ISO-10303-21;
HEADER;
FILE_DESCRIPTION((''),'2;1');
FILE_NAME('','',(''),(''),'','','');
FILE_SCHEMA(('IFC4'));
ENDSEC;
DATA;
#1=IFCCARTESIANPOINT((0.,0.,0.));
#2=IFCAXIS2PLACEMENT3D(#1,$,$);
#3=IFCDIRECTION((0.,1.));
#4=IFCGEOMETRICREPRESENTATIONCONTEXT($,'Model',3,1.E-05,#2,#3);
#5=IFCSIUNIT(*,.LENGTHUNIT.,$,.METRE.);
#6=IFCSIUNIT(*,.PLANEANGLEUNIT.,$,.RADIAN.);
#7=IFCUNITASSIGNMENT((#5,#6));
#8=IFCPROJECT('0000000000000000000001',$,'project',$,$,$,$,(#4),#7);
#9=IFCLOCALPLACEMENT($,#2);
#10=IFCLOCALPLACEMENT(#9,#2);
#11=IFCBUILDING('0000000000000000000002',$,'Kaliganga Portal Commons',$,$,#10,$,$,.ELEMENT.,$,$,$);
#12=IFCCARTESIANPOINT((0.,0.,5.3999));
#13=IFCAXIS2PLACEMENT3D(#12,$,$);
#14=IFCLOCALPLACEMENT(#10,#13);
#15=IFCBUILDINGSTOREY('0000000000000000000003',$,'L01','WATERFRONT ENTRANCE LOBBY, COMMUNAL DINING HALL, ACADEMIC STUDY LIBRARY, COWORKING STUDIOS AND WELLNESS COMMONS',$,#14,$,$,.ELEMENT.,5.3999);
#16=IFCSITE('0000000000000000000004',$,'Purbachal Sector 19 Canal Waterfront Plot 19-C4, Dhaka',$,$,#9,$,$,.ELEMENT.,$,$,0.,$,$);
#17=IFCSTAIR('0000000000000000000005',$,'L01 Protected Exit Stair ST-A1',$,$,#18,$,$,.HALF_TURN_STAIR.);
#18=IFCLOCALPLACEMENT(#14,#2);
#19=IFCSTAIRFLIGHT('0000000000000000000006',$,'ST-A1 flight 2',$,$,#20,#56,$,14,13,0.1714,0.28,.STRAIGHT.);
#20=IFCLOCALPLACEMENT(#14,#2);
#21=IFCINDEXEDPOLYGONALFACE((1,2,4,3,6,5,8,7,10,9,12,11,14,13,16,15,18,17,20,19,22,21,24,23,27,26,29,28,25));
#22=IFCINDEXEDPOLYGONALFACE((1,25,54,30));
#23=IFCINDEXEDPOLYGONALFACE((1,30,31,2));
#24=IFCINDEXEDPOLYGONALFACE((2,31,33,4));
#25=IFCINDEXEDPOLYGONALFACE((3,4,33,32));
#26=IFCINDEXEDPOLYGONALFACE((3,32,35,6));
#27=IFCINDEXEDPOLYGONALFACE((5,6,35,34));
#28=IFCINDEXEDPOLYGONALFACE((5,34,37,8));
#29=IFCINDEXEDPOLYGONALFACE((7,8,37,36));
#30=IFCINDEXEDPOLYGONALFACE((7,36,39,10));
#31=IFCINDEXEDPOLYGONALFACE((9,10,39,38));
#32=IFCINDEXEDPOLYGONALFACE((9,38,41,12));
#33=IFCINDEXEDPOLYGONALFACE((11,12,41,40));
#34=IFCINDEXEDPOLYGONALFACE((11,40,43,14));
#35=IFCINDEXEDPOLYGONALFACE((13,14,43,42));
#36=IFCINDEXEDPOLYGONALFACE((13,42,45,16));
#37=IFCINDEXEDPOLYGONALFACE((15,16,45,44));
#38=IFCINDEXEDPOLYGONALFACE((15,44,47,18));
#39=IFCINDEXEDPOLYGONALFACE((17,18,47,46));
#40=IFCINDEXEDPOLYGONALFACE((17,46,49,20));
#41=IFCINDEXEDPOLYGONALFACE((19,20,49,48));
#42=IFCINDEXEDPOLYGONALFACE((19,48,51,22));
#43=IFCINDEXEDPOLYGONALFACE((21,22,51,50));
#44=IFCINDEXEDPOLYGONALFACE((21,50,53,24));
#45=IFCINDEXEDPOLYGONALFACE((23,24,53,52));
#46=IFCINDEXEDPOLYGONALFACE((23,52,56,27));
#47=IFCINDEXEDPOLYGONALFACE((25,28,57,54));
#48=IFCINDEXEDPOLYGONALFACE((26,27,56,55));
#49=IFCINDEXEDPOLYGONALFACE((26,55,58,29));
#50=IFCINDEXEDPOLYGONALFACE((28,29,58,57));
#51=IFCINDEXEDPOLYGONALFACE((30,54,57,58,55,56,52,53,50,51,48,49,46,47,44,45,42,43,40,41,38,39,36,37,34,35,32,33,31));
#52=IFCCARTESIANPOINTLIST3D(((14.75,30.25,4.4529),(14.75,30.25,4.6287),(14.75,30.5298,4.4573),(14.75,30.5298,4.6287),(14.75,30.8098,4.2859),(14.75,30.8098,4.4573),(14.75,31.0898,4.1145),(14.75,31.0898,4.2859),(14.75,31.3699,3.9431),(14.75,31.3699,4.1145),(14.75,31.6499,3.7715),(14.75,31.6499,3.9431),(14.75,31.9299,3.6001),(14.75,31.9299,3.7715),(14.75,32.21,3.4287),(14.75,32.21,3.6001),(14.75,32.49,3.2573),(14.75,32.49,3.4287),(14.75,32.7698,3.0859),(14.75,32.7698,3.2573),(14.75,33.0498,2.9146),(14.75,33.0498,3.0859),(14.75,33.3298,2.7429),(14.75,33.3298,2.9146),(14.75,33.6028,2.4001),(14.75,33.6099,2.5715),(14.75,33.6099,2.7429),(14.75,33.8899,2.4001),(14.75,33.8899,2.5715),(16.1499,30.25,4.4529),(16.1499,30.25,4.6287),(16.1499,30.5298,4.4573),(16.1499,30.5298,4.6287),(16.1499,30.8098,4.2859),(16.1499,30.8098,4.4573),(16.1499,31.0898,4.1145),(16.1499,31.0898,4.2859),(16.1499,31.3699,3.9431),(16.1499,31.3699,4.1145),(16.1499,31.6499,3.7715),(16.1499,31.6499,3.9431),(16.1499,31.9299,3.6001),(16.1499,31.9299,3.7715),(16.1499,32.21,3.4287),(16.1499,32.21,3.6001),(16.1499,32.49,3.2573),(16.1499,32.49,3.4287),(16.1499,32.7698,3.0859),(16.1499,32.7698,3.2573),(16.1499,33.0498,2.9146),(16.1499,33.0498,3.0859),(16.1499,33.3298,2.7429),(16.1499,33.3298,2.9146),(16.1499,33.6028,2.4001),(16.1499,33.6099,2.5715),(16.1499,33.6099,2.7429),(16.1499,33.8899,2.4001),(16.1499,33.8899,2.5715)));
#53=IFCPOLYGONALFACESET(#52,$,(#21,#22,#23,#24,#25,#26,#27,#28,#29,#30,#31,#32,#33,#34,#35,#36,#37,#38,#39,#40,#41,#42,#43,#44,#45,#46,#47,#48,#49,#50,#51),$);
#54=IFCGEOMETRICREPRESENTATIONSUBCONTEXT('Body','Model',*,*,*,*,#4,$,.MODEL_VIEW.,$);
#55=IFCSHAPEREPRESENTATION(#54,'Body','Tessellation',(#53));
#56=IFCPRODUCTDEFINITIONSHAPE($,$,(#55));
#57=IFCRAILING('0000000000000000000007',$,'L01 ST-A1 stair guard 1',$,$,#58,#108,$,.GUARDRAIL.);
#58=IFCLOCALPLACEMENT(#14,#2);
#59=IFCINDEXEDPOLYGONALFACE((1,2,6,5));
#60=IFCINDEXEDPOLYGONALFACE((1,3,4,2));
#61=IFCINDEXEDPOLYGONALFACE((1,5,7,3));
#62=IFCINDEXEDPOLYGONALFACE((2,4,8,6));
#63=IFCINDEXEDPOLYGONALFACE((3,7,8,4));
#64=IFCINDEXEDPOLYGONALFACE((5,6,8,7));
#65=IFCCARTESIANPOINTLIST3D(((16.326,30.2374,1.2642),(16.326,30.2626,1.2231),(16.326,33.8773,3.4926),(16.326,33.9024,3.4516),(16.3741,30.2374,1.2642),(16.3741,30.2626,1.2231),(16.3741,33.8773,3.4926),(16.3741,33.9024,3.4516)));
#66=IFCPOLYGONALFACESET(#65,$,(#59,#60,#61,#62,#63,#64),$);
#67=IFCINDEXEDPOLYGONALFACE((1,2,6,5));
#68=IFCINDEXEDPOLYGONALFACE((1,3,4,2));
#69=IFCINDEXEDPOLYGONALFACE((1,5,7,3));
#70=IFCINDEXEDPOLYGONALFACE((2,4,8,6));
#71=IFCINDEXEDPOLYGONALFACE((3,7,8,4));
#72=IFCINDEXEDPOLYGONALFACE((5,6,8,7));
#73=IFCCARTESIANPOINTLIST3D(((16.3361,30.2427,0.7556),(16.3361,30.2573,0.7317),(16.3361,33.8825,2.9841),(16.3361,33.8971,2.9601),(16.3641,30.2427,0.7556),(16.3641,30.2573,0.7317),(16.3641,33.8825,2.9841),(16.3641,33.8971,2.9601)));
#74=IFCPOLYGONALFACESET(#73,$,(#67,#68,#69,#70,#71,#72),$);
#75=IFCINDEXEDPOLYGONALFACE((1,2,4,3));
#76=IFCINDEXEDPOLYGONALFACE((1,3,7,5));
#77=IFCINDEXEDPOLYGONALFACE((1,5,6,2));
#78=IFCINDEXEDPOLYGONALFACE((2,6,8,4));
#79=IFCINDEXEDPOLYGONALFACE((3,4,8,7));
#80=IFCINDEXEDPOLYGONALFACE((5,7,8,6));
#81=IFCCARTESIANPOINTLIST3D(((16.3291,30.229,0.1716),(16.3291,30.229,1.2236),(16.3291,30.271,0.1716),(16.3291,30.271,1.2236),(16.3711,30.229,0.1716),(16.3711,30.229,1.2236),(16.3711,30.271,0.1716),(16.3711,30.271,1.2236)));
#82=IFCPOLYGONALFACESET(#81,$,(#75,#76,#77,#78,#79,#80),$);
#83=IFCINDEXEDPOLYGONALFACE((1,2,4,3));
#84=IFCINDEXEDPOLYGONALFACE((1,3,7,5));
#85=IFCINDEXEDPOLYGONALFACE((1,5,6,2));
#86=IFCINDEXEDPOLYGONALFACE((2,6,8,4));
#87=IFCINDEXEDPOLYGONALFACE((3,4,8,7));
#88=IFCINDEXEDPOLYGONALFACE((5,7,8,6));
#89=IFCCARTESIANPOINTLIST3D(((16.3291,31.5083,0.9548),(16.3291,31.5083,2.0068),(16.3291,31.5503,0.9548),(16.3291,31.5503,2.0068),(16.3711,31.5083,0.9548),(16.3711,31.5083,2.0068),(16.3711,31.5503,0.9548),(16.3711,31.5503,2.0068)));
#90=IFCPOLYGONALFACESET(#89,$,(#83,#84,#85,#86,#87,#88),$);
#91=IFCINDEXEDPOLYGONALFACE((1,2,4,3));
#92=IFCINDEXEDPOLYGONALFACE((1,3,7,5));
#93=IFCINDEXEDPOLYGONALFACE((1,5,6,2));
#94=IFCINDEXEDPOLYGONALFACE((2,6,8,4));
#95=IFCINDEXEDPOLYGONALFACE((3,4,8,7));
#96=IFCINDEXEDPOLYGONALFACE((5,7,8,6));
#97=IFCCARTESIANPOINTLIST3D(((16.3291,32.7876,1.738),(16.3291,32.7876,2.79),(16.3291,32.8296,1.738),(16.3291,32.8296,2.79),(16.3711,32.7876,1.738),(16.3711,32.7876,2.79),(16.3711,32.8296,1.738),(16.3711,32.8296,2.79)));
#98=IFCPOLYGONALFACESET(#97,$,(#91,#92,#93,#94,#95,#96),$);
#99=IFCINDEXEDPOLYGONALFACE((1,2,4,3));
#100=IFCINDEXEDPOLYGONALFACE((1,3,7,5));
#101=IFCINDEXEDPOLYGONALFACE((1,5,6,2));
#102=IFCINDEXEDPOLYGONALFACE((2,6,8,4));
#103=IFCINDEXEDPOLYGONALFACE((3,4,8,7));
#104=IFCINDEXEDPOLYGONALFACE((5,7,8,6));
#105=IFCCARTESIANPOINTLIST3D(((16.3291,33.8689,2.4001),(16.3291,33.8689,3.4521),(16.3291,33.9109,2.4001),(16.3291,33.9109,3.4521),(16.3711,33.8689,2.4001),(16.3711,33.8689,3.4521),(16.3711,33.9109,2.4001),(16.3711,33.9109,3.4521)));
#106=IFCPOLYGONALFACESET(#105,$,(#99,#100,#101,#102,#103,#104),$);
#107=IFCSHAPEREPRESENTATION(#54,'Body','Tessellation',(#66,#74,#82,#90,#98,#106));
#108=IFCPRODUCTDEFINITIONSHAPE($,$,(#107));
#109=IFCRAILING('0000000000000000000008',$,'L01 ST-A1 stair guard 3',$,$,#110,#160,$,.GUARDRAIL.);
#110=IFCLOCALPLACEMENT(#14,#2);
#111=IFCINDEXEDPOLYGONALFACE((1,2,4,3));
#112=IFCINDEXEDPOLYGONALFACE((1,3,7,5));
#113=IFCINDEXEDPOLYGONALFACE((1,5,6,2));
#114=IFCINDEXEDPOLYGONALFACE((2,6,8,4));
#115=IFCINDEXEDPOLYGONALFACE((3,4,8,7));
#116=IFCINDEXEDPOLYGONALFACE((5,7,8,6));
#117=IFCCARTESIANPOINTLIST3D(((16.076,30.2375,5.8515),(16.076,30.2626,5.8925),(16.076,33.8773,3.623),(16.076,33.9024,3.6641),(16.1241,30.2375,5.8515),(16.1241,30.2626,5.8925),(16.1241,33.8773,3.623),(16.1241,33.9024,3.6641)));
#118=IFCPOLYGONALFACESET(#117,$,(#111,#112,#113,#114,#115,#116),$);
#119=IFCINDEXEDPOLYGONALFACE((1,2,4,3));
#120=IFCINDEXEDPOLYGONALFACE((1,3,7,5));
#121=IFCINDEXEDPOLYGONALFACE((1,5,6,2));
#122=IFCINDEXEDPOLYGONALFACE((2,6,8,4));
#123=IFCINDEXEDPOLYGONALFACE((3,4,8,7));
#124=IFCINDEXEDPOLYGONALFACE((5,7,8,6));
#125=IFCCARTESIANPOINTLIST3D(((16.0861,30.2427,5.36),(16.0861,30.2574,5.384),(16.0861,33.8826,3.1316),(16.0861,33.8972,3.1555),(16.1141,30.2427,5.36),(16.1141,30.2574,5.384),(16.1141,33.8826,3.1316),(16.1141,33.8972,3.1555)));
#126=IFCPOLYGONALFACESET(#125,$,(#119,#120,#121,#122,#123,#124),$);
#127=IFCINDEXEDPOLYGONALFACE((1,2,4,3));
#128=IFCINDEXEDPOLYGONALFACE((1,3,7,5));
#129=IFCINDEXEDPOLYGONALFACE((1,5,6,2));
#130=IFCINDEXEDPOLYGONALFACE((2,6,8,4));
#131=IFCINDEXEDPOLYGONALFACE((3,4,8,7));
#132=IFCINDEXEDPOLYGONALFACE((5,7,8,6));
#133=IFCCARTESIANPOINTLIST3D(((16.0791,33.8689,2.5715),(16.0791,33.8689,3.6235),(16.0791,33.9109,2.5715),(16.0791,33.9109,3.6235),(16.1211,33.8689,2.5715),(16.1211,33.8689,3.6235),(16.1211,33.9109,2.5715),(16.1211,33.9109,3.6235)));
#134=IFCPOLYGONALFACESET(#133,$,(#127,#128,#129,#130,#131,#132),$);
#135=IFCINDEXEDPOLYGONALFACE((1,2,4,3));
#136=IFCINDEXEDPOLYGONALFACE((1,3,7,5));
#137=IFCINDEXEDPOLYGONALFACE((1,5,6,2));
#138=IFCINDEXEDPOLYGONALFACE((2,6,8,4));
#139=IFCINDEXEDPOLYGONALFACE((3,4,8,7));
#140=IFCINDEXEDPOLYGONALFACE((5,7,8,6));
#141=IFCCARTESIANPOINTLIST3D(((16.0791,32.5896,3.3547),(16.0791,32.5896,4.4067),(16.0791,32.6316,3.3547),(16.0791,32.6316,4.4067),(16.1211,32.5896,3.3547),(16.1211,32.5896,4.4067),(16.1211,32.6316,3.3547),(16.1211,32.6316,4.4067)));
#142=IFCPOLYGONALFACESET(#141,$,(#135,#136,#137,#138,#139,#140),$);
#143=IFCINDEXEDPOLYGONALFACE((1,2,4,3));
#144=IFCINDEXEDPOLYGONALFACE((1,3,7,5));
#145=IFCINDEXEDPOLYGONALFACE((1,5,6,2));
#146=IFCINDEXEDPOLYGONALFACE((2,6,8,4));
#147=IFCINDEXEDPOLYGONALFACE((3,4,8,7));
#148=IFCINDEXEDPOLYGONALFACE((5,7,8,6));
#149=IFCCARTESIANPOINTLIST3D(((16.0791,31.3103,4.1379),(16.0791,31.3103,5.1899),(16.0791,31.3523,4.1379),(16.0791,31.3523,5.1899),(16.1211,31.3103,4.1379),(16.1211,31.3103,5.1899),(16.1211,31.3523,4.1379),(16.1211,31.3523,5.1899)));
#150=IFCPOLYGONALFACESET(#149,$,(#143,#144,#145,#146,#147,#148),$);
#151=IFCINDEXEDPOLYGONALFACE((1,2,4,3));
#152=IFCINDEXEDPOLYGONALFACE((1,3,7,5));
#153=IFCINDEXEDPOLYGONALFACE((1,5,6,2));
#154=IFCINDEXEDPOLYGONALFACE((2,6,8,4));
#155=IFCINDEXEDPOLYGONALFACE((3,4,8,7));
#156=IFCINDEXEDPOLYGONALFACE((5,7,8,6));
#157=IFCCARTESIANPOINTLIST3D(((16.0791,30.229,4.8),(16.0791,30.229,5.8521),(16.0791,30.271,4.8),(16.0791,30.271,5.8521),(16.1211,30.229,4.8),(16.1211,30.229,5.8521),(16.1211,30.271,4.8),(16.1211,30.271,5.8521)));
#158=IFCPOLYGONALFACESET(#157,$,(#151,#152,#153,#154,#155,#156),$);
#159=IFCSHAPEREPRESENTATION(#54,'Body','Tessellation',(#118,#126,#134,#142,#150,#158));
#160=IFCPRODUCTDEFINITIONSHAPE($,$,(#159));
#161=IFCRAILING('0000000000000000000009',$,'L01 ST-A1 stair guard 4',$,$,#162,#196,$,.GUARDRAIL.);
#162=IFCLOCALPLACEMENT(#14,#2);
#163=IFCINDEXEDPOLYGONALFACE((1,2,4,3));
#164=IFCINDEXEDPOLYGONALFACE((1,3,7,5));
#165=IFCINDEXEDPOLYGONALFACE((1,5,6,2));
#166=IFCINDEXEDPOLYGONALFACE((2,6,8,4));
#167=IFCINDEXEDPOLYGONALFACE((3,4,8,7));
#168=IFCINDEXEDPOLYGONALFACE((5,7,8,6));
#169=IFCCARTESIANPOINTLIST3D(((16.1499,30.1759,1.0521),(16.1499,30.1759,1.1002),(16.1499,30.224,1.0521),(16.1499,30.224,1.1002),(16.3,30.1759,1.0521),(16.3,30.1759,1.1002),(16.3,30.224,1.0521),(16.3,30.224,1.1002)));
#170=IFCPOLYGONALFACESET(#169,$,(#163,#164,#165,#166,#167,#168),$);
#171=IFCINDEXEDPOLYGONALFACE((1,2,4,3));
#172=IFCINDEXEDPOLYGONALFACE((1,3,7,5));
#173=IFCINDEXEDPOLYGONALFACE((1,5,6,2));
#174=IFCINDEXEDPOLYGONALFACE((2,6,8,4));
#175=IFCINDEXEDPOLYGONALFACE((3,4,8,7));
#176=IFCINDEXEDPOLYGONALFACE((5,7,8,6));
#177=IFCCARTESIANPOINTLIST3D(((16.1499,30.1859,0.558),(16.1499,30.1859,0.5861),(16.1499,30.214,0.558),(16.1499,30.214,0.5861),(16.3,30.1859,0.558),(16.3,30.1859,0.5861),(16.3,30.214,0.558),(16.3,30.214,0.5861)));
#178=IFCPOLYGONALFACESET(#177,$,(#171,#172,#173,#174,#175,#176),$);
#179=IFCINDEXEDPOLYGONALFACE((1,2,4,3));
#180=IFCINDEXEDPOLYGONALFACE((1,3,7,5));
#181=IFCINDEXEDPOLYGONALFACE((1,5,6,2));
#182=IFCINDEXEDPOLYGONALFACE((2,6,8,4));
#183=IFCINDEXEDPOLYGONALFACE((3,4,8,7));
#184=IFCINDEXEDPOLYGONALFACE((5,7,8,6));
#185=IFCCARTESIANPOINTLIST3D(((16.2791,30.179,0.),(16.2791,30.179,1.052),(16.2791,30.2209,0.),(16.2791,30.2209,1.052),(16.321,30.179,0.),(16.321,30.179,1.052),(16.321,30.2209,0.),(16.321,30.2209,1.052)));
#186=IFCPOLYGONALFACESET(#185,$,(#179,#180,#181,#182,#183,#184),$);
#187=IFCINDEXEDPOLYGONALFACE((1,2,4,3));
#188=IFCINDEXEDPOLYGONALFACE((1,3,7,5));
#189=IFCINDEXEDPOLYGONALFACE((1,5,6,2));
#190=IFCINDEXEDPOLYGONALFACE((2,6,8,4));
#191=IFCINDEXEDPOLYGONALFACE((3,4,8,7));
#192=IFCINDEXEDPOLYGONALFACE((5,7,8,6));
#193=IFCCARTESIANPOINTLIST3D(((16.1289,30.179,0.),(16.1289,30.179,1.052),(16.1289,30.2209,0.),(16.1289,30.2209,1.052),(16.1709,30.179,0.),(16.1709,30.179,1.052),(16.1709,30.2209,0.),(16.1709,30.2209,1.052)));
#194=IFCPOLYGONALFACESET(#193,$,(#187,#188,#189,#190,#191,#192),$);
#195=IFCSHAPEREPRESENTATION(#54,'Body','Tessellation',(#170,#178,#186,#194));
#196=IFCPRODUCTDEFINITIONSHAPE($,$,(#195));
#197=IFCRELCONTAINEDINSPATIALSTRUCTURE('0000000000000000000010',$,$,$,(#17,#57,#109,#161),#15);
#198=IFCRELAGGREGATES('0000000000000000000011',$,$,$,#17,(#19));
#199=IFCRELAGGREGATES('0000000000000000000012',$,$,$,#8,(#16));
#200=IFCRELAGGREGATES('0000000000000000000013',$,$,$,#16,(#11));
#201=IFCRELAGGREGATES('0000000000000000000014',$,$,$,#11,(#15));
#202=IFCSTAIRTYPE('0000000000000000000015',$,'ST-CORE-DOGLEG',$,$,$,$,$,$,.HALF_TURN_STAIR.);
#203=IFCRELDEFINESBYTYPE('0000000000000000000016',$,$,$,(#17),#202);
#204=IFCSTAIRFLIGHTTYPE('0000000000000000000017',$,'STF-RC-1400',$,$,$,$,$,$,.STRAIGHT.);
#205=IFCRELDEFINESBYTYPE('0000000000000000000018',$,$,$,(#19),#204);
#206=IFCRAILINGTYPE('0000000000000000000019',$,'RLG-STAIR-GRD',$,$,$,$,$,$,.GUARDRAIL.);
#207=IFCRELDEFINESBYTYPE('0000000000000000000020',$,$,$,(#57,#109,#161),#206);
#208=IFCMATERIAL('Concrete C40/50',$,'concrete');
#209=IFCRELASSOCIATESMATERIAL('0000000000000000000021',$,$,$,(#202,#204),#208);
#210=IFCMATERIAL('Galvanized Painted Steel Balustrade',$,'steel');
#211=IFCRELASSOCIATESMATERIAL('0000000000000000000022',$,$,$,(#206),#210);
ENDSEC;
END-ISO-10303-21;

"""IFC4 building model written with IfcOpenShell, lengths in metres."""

from ifc_helpers import new_model, si_unit, direction, frame, origin, origin_2d, place, context, subcontext, project, spatial, polyline, rectangle, outline, extrude, material, type_object, element, aggregate, save


model = new_model("IFC4")

# Units and contexts
model_context = context("Model", 3, precision=1e-05, world=origin(), true_north=direction((0.0, 1.0)))
body_context = subcontext(model_context, "Body", "Model", "MODEL_VIEW")
ifc_project = project(units=[si_unit("LENGTHUNIT", "METRE"), si_unit("PLANEANGLEUNIT", "RADIAN")], contexts=[model_context])

# Site, building, storey
site_placement = place(None, origin())
site = spatial("IfcSite", under=ifc_project, at=site_placement, Name="Purbachal Sector 19 Canal Waterfront Plot 19-C4, Dhaka", CompositionType="ELEMENT", RefElevation=0.0)
building_placement = place(site_placement, origin())
building = spatial("IfcBuilding", under=site, at=building_placement, Name="Kaliganga Portal Commons", CompositionType="ELEMENT")
storey_placement = place(building_placement, frame((0.0, 0.0, 5.3999)))
storey = spatial("IfcBuildingStorey", under=building, at=storey_placement, Name="L01", Description="WATERFRONT ENTRANCE LOBBY, COMMUNAL DINING HALL, ACADEMIC STUDY LIBRARY, COWORKING STUDIOS AND WELLNESS COMMONS", CompositionType="ELEMENT", Elevation=5.3999)

# Stair, stair flight
ifc_material_1 = material(Name="Concrete C40/50", Category="concrete")
stair_type = type_object("IfcStairType", Name="ST-CORE-DOGLEG", PredefinedType="HALF_TURN_STAIR", material=ifc_material_1)
stair_placement = place(storey_placement, origin())
stair = element("IfcStair", 1, at=stair_placement, inside=storey, type_object=stair_type, Name="L01 Protected Exit Stair ST-A1", PredefinedType="HALF_TURN_STAIR")
stair_flight_type = type_object("IfcStairFlightType", Name="STF-RC-1400", PredefinedType="STRAIGHT", material=ifc_material_1)
stair_flight_1_placement = place(storey_placement, frame((15.45, 33.8899, 2.4001), z_axis=(0.0, 0.0, 1.0), x_axis=(0.0, -1.0, 0.0)))
stair_flight_1 = element("IfcStairFlight", 2, at=stair_flight_1_placement, type_object=stair_flight_type, Name="ST-A1 flight 2", NumberOfRisers=14, NumberOfTreads=13, PredefinedType="STRAIGHT", RiserHeight=0.1714, TreadLength=0.28, context=body_context, shape_type="SweptSolid", body=[
    extrude(outline(polyline([(0.0, 0.0), (0.0, 0.1714), (0.28, 0.1714), (0.28, 0.3428), (0.5601, 0.3428), (0.5601, 0.5144), (0.8401, 0.5144), (0.8401, 0.6858), (1.1201, 0.6858), (1.1201, 0.8572), (1.3999, 0.8572), (1.3999, 1.0286), (1.6799, 1.0286), (1.6799, 1.2), (1.96, 1.2), (1.96, 1.3713), (2.24, 1.3713), (2.24, 1.543), (2.52, 1.543), (2.52, 1.7144), (2.8, 1.7144), (2.8, 1.8857), (3.0801, 1.8857), (3.0801, 2.0571), (3.3601, 2.0571), (3.3601, 2.2285), (3.6399, 2.2285), (3.6399, 2.3999), (3.6399, 2.0527), (0.2871, 0.0), (0.0, 0.0)])), frame((0.0, 0.7, 0.0), z_axis=(0.0, -1.0, 0.0), x_axis=(1.0, 0.0, 0.0)), (0.0, 0.0, 1.0), 1.3999),
])
aggregate(stair, [stair_flight_1])

# Railings
ifc_material_2 = material(Name="Galvanized Painted Steel Balustrade", Category="steel")
railing_type_1 = type_object("IfcRailingType", Name="RLG-STAIR-GRD", PredefinedType="GUARDRAIL", material=ifc_material_2)
railing_1_placement = place(storey_placement, frame((16.3501, 30.25, 0.1716)))
element("IfcRailing", 3, at=railing_1_placement, inside=storey, type_object=railing_type_1, Name="L01 ST-A1 stair guard 1", PredefinedType="GUARDRAIL", context=body_context, shape_type="SweptSolid", body=[
    extrude(rectangle(XDim=0.0481, YDim=0.0481, at=origin_2d()), frame((0.0, 0.0, 1.072), z_axis=(0.0, 0.85285, 0.522156), x_axis=(-1.0, 0.0, 0.0)), (0.0, 0.0, 1.0), 4.2678),
    extrude(rectangle(XDim=0.0281, YDim=0.0281, at=origin_2d()), frame((0.0, 0.0, 0.572), z_axis=(0.0, 0.85285, 0.522156), x_axis=(-1.0, 0.0, 0.0)), (0.0, 0.0, 1.0), 4.2678),
    extrude(rectangle(XDim=0.042, YDim=0.042, at=origin_2d()), origin(), (0.0, 0.0, 1.0), 1.052),
    extrude(rectangle(XDim=0.042, YDim=0.042, at=origin_2d()), frame((0.0, 1.2793, 0.7832)), (0.0, 0.0, 1.0), 1.052),
    extrude(rectangle(XDim=0.042, YDim=0.042, at=origin_2d()), frame((0.0, 2.5586, 1.5664)), (0.0, 0.0, 1.0), 1.052),
    extrude(rectangle(XDim=0.042, YDim=0.042, at=origin_2d()), frame((0.0, 3.6399, 2.2285)), (0.0, 0.0, 1.0), 1.052),
])
railing_2_placement = place(storey_placement, frame((16.1001, 33.8899, 2.5715)))
element("IfcRailing", 4, at=railing_2_placement, inside=storey, type_object=railing_type_1, Name="L01 ST-A1 stair guard 3", PredefinedType="GUARDRAIL", context=body_context, shape_type="SweptSolid", body=[
    extrude(rectangle(XDim=0.0481, YDim=0.0481, at=origin_2d()), frame((0.0, 0.0, 1.072), z_axis=(0.0, -0.85285, 0.522156), x_axis=(1.0, 0.0, 0.0)), (0.0, 0.0, 1.0), 4.2678),
    extrude(rectangle(XDim=0.0281, YDim=0.0281, at=origin_2d()), frame((0.0, 0.0, 0.572), z_axis=(0.0, -0.85285, 0.522156), x_axis=(1.0, 0.0, 0.0)), (0.0, 0.0, 1.0), 4.2678),
    extrude(rectangle(XDim=0.042, YDim=0.042, at=origin_2d()), origin(), (0.0, 0.0, 1.0), 1.052),
    extrude(rectangle(XDim=0.042, YDim=0.042, at=origin_2d()), frame((0.0, -1.2793, 0.7832)), (0.0, 0.0, 1.0), 1.052),
    extrude(rectangle(XDim=0.042, YDim=0.042, at=origin_2d()), frame((0.0, -2.5586, 1.5664)), (0.0, 0.0, 1.0), 1.052),
    extrude(rectangle(XDim=0.042, YDim=0.042, at=origin_2d()), frame((0.0, -3.6399, 2.2285)), (0.0, 0.0, 1.0), 1.052),
])
railing_3_placement = place(storey_placement, frame((16.3, 30.2, 0.0)))
element("IfcRailing", 5, at=railing_3_placement, inside=storey, type_object=railing_type_1, Name="L01 ST-A1 stair guard 4", PredefinedType="GUARDRAIL", context=body_context, shape_type="SweptSolid", body=[
    extrude(rectangle(XDim=0.0481, YDim=0.0481, at=origin_2d()), frame((0.0, 0.0, 1.0762), z_axis=(-1.0, 0.0, 0.0), x_axis=(0.0, -1.0, 0.0)), (0.0, 0.0, 1.0), 0.1501),
    extrude(rectangle(XDim=0.0281, YDim=0.0281, at=origin_2d()), frame((0.0, 0.0, 0.572), z_axis=(-1.0, 0.0, 0.0), x_axis=(0.0, -1.0, 0.0)), (0.0, 0.0, 1.0), 0.1501),
    extrude(rectangle(XDim=0.042, YDim=0.042, at=origin_2d()), origin(), (0.0, 0.0, 1.0), 1.052),
    extrude(rectangle(XDim=0.042, YDim=0.042, at=origin_2d()), frame((-0.1501, 0.0, 0.0)), (0.0, 0.0, 1.0), 1.052),
])

save(model, "model.ifc")
